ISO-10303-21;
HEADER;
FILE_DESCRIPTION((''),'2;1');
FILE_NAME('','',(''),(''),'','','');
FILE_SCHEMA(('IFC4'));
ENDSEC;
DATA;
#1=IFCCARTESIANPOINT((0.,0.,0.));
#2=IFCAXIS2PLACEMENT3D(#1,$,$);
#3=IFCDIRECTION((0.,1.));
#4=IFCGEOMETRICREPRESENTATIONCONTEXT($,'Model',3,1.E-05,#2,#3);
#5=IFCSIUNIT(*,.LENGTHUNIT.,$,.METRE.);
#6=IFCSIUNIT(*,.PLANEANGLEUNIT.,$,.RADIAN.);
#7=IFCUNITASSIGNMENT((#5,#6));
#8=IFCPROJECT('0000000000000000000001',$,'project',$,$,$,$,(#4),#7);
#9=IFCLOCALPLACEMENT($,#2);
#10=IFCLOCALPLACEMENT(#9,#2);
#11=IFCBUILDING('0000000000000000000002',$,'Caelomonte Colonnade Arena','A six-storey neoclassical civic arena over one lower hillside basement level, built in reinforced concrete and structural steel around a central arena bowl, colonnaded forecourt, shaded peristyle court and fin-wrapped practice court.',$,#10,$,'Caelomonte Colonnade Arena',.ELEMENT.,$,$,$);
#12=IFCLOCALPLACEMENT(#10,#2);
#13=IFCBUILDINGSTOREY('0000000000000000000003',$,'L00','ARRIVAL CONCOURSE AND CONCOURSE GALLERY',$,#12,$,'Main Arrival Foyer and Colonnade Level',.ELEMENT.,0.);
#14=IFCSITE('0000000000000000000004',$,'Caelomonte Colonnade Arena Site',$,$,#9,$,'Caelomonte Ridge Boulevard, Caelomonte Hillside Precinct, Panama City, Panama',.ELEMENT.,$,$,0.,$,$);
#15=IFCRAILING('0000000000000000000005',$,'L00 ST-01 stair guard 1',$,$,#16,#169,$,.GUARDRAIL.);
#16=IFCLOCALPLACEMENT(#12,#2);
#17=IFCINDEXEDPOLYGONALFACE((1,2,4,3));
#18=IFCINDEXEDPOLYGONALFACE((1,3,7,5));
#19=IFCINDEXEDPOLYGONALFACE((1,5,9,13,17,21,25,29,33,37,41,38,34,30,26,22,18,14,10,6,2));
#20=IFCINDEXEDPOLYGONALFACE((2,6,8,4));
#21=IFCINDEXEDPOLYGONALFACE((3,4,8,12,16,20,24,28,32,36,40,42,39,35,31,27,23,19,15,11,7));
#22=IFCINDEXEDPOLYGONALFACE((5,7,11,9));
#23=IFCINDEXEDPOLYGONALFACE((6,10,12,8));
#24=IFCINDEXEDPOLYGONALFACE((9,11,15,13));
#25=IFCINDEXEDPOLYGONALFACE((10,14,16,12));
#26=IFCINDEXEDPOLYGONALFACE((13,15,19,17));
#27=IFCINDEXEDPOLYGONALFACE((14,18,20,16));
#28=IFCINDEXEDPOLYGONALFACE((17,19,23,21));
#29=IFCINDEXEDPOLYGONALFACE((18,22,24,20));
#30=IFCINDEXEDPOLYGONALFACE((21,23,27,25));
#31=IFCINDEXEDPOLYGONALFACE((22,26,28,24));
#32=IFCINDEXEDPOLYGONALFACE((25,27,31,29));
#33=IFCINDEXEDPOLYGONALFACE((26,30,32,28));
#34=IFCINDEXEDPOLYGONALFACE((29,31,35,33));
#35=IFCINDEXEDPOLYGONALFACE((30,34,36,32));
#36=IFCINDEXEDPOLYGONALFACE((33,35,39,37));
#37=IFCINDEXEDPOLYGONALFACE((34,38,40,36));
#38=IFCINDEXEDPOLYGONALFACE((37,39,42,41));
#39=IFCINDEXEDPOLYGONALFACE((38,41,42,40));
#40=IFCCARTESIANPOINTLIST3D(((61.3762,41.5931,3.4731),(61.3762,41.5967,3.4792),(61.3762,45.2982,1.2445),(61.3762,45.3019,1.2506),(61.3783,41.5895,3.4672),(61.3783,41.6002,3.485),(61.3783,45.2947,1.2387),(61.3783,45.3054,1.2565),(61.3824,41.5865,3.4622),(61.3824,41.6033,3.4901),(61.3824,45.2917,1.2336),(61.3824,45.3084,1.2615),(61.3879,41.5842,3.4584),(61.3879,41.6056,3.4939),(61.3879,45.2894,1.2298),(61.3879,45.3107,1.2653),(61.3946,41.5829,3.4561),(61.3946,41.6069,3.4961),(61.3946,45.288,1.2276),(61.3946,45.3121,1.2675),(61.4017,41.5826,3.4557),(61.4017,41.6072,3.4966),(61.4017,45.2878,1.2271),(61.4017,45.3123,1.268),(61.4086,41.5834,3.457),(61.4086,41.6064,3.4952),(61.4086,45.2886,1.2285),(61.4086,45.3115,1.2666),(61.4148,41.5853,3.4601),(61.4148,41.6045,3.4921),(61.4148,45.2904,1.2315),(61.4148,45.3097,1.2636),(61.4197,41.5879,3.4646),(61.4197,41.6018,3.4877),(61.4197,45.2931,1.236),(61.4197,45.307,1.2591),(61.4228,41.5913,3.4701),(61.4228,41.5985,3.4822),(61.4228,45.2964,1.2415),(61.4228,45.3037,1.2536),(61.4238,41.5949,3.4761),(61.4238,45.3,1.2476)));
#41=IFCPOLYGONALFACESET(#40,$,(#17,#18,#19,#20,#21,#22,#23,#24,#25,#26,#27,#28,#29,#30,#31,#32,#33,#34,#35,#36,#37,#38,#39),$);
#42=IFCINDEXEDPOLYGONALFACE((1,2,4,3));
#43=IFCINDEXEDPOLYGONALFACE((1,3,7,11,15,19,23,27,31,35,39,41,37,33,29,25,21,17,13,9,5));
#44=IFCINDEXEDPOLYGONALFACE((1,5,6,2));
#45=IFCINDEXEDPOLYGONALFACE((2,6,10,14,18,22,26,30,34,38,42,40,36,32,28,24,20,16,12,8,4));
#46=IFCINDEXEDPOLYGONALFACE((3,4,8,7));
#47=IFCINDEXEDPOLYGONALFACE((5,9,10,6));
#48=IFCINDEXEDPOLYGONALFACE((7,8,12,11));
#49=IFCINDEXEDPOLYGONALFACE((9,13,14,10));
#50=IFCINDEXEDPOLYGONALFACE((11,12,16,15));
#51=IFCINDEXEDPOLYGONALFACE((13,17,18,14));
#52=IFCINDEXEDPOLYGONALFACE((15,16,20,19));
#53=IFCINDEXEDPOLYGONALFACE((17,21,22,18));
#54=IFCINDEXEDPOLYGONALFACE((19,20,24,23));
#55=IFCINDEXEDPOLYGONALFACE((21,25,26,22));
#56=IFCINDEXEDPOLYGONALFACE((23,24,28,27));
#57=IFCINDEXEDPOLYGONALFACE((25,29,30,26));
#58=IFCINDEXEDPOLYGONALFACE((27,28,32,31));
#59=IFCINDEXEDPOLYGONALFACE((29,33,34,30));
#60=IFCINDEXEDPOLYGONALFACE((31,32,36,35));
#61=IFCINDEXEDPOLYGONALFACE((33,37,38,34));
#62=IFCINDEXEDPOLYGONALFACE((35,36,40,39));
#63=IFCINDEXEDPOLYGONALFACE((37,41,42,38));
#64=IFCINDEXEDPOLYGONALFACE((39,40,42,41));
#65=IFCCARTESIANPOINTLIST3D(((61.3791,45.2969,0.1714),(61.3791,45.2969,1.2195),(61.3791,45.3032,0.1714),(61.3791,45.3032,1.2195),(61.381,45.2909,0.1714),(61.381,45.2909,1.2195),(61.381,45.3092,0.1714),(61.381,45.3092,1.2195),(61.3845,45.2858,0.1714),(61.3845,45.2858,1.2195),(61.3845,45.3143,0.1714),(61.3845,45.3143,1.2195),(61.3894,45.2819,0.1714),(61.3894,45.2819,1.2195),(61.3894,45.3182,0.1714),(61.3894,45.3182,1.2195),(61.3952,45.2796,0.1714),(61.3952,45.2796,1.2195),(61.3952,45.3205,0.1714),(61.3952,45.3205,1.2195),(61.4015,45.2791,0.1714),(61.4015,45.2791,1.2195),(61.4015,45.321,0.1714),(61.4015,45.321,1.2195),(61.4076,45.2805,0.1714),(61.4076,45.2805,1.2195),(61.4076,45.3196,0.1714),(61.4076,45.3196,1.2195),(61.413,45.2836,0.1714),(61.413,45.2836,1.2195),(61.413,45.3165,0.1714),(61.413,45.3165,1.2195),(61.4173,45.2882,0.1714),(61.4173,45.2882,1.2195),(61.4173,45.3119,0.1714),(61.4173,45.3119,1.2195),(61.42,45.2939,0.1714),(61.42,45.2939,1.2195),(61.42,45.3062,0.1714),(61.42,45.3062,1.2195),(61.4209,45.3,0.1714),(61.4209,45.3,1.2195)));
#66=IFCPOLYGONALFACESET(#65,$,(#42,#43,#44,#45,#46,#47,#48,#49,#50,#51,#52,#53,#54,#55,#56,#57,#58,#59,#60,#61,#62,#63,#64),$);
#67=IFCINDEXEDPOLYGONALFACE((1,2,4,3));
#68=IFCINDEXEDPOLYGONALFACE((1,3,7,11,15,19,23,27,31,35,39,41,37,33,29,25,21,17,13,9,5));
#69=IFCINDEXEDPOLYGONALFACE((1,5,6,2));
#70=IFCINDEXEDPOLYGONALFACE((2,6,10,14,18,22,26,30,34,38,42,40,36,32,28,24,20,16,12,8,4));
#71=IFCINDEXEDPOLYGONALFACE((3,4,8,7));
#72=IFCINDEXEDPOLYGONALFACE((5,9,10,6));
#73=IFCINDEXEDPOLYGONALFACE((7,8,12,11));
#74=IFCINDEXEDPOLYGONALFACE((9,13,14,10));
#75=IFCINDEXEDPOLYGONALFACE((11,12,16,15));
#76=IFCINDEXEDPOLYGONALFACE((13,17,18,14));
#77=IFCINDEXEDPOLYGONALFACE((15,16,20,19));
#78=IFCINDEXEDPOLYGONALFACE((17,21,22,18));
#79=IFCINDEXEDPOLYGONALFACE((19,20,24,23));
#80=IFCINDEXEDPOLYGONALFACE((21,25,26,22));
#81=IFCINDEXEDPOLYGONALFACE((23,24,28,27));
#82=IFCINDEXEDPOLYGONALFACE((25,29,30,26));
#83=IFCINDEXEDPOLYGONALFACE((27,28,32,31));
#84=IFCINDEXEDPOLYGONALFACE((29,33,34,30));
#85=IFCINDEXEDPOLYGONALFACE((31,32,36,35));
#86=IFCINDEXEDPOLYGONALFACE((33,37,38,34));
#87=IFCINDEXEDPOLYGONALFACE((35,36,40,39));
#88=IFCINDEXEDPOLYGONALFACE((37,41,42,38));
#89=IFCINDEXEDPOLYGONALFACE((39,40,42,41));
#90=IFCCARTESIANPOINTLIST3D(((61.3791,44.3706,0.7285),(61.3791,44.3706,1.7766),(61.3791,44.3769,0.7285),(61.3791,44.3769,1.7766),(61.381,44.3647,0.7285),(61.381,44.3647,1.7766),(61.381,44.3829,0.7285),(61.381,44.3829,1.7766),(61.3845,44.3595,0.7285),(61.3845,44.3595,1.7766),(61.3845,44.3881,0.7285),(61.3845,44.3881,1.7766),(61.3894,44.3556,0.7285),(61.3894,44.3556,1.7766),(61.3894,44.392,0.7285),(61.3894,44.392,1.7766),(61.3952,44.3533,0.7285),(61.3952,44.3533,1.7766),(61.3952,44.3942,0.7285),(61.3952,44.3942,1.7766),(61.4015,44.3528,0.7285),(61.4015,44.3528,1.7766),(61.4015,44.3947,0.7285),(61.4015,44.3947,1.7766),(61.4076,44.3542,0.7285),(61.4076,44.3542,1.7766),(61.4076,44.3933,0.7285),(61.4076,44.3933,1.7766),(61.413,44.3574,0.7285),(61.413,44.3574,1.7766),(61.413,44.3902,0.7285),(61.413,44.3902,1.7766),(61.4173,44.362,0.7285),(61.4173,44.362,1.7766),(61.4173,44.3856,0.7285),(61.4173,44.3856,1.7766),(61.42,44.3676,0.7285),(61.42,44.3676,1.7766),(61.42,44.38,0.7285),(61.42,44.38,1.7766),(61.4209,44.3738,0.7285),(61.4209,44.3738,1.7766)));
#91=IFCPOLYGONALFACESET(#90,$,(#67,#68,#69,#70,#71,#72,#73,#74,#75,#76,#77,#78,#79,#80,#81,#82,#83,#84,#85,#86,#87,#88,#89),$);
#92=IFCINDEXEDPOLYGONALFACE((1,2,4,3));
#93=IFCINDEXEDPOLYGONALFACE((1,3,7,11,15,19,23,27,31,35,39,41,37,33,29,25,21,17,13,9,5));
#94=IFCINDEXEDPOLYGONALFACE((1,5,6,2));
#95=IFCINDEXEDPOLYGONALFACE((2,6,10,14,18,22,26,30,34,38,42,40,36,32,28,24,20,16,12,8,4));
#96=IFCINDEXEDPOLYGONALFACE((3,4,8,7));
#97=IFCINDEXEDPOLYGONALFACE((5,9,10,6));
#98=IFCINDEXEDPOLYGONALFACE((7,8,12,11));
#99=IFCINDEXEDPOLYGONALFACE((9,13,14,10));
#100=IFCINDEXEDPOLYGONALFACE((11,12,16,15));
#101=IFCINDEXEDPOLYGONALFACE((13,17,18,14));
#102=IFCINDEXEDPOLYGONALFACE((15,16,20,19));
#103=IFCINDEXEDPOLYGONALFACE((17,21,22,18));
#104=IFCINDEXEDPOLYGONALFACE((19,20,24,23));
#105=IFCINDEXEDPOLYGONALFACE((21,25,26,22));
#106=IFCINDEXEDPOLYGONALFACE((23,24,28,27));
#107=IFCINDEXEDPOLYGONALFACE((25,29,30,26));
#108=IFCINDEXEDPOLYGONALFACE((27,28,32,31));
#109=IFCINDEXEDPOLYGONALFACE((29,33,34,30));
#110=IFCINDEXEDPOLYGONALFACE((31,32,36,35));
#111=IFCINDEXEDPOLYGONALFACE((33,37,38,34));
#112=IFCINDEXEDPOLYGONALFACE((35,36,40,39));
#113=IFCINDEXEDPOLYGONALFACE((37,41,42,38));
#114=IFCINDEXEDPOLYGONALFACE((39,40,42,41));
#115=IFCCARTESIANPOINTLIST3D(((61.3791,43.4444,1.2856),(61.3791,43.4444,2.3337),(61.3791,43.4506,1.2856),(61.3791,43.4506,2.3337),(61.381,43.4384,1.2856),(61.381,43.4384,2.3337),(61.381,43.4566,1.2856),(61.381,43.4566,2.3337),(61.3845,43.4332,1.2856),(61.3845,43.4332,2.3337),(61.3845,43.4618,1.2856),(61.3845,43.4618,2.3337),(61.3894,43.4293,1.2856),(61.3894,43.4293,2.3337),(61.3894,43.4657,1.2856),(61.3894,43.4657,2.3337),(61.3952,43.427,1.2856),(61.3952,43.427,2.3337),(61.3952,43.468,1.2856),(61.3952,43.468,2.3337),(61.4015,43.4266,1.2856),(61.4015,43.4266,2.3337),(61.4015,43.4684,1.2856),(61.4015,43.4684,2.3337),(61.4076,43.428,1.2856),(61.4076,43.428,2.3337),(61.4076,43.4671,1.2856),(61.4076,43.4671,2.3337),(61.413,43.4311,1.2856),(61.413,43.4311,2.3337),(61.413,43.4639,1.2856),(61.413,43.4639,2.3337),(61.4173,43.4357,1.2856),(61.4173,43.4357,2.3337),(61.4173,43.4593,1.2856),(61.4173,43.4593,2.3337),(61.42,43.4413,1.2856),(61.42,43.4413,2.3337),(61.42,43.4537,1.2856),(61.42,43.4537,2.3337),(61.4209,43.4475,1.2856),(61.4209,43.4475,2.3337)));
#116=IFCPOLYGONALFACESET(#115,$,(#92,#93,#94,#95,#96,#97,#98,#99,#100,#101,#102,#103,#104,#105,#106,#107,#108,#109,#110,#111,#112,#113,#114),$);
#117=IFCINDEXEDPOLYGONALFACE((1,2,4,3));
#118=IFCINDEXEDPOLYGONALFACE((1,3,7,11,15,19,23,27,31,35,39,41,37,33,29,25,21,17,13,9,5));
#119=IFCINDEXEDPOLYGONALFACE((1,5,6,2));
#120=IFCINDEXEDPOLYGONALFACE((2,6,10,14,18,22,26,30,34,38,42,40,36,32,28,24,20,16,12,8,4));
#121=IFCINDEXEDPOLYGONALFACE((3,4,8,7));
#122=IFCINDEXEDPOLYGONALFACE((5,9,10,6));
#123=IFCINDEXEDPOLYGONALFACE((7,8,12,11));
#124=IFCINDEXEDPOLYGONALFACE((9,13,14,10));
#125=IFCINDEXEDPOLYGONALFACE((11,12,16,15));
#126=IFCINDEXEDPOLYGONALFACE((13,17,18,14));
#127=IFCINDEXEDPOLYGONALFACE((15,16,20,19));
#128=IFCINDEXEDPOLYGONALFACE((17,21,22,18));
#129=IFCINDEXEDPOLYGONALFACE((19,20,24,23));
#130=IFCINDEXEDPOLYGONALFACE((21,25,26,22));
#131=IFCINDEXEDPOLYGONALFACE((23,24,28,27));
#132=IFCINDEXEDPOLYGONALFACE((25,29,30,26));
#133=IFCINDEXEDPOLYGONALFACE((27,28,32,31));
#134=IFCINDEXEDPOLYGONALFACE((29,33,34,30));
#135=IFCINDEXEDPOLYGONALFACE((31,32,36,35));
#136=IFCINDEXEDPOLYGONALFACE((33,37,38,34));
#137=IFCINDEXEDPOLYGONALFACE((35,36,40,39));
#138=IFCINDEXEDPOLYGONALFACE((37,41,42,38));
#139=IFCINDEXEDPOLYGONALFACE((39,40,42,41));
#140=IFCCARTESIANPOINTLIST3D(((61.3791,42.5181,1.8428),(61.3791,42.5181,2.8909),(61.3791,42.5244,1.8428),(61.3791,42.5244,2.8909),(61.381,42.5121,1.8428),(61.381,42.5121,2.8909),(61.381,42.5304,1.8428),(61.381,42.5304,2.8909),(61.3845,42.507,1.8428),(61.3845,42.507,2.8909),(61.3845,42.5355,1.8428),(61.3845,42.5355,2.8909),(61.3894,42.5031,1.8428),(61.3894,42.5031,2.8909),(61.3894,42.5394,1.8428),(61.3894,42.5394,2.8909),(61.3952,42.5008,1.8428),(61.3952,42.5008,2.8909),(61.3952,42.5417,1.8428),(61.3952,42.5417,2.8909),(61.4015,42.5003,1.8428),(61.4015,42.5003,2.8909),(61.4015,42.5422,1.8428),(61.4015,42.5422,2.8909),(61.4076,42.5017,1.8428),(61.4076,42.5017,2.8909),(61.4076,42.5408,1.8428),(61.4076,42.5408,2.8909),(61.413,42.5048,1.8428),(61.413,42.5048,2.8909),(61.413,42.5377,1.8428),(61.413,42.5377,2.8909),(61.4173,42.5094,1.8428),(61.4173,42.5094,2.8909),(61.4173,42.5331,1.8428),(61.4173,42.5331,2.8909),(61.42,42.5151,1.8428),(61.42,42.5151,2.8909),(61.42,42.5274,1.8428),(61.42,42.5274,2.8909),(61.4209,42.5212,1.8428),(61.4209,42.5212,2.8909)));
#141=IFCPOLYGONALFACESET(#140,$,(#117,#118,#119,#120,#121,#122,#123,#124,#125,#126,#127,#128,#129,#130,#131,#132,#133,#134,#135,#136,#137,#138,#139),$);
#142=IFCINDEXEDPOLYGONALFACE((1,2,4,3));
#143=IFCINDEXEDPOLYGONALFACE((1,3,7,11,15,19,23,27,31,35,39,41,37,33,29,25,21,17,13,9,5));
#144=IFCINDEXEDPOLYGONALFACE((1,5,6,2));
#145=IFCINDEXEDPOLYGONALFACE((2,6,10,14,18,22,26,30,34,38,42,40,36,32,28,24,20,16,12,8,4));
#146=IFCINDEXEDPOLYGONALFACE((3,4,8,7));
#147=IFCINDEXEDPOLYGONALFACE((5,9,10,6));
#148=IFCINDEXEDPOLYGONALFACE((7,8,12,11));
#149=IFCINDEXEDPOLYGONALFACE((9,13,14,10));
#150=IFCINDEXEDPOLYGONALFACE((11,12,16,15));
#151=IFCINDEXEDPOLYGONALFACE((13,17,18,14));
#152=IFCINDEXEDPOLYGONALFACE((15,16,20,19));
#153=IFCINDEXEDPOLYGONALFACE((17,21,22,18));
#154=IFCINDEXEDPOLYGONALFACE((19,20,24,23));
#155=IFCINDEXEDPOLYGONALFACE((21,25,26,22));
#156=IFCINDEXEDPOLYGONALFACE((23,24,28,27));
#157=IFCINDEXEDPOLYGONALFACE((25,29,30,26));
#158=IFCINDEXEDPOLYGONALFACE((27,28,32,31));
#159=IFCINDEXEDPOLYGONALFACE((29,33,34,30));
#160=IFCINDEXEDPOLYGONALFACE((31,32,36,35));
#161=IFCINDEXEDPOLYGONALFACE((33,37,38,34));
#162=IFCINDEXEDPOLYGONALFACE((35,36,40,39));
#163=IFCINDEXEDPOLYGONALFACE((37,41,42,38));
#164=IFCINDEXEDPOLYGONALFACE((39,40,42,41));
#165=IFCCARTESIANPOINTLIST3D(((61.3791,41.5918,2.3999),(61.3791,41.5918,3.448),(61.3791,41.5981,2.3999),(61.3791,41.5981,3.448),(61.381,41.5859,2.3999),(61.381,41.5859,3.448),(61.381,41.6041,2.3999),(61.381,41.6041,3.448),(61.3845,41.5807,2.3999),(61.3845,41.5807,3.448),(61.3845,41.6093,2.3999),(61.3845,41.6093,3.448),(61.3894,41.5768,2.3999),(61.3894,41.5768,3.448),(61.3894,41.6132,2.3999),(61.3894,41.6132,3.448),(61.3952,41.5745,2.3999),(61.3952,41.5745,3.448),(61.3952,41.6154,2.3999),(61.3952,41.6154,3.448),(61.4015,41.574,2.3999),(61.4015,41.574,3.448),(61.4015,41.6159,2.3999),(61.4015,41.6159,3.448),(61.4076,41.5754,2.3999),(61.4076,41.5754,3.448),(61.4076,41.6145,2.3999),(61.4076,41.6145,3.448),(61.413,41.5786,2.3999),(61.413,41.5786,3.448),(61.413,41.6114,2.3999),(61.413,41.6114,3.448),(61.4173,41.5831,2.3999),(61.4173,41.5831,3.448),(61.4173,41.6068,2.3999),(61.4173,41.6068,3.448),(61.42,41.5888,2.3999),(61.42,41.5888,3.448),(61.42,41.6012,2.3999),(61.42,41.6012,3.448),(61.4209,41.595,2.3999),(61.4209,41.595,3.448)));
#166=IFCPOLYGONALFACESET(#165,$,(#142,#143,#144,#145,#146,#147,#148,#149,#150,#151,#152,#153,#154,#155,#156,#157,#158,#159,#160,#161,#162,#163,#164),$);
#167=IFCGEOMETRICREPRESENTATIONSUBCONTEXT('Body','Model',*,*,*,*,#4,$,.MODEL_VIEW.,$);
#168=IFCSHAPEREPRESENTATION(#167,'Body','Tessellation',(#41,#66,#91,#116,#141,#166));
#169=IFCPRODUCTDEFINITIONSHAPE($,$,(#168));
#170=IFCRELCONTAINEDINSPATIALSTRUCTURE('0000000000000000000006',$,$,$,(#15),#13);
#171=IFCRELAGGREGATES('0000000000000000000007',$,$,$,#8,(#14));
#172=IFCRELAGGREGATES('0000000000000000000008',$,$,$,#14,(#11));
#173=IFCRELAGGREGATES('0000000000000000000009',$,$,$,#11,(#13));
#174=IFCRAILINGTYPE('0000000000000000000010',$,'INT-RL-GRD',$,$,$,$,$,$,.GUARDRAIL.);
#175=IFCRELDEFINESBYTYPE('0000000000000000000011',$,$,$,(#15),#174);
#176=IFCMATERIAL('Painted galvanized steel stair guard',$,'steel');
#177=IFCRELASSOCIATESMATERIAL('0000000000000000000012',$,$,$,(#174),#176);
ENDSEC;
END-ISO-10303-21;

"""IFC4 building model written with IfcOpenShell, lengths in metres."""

from ifc_helpers import new_model, si_unit, direction, frame, origin, origin_2d, place, context, subcontext, project, spatial, circle, extrude, material, type_object, element, save


model = new_model("IFC4")

# Units and contexts
model_context = context("Model", 3, precision=1e-05, world=origin(), true_north=direction((0.0, 1.0)))
body_context = subcontext(model_context, "Body", "Model", "MODEL_VIEW")
ifc_project = project(units=[si_unit("LENGTHUNIT", "METRE"), si_unit("PLANEANGLEUNIT", "RADIAN")], contexts=[model_context])

# Site, building, storey
site_placement = place(None, origin())
site = spatial("IfcSite", under=ifc_project, at=site_placement, Name="Caelomonte Colonnade Arena Site", LongName="Caelomonte Ridge Boulevard, Caelomonte Hillside Precinct, Panama City, Panama", CompositionType="ELEMENT", RefElevation=0.0)
building_placement = place(site_placement, origin())
building = spatial("IfcBuilding", under=site, at=building_placement, Name="Caelomonte Colonnade Arena", Description="A six-storey neoclassical civic arena over one lower hillside basement level, built in reinforced concrete and structural steel around a central arena bowl, colonnaded forecourt, shaded peristyle court and fin-wrapped practice court.", LongName="Caelomonte Colonnade Arena", CompositionType="ELEMENT")
storey_placement = place(building_placement, origin())
storey = spatial("IfcBuildingStorey", under=building, at=storey_placement, Name="L00", Description="ARRIVAL CONCOURSE AND CONCOURSE GALLERY", LongName="Main Arrival Foyer and Colonnade Level", CompositionType="ELEMENT", Elevation=0.0)

# Railing
ifc_material_1 = material(Name="Painted galvanized steel stair guard", Category="steel")
railing_type_1 = type_object("IfcRailingType", Name="INT-RL-GRD", PredefinedType="GUARDRAIL", material=ifc_material_1)
railing_1_placement = place(storey_placement, frame((61.3999, 45.3, 0.1714)))
element("IfcRailing", 1, at=railing_1_placement, inside=storey, type_object=railing_type_1, Name="L00 ST-01 stair guard 1", PredefinedType="GUARDRAIL", context=body_context, shape_type="SweptSolid", body=[
    extrude(circle(Radius=0.0239, at=origin_2d()), frame((0.0, 0.0, 1.0762), z_axis=(0.0, -0.856934, 0.515425), x_axis=(1.0, 0.0, 0.0)), (0.0, 0.0, 1.0), 4.3237),
    extrude(circle(Radius=0.021, at=origin_2d()), origin(), (0.0, 0.0, 1.0), 1.0481),
    extrude(circle(Radius=0.021, at=origin_2d()), frame((0.0, -0.9263, 0.5571)), (0.0, 0.0, 1.0), 1.0481),
    extrude(circle(Radius=0.021, at=origin_2d()), frame((0.0, -1.8525, 1.1143)), (0.0, 0.0, 1.0), 1.0481),
    extrude(circle(Radius=0.021, at=origin_2d()), frame((0.0, -2.7788, 1.6714)), (0.0, 0.0, 1.0), 1.0481),
    extrude(circle(Radius=0.021, at=origin_2d()), frame((0.0, -3.7051, 2.2285)), (0.0, 0.0, 1.0), 1.0481),
])

save(model, "model.ifc")
